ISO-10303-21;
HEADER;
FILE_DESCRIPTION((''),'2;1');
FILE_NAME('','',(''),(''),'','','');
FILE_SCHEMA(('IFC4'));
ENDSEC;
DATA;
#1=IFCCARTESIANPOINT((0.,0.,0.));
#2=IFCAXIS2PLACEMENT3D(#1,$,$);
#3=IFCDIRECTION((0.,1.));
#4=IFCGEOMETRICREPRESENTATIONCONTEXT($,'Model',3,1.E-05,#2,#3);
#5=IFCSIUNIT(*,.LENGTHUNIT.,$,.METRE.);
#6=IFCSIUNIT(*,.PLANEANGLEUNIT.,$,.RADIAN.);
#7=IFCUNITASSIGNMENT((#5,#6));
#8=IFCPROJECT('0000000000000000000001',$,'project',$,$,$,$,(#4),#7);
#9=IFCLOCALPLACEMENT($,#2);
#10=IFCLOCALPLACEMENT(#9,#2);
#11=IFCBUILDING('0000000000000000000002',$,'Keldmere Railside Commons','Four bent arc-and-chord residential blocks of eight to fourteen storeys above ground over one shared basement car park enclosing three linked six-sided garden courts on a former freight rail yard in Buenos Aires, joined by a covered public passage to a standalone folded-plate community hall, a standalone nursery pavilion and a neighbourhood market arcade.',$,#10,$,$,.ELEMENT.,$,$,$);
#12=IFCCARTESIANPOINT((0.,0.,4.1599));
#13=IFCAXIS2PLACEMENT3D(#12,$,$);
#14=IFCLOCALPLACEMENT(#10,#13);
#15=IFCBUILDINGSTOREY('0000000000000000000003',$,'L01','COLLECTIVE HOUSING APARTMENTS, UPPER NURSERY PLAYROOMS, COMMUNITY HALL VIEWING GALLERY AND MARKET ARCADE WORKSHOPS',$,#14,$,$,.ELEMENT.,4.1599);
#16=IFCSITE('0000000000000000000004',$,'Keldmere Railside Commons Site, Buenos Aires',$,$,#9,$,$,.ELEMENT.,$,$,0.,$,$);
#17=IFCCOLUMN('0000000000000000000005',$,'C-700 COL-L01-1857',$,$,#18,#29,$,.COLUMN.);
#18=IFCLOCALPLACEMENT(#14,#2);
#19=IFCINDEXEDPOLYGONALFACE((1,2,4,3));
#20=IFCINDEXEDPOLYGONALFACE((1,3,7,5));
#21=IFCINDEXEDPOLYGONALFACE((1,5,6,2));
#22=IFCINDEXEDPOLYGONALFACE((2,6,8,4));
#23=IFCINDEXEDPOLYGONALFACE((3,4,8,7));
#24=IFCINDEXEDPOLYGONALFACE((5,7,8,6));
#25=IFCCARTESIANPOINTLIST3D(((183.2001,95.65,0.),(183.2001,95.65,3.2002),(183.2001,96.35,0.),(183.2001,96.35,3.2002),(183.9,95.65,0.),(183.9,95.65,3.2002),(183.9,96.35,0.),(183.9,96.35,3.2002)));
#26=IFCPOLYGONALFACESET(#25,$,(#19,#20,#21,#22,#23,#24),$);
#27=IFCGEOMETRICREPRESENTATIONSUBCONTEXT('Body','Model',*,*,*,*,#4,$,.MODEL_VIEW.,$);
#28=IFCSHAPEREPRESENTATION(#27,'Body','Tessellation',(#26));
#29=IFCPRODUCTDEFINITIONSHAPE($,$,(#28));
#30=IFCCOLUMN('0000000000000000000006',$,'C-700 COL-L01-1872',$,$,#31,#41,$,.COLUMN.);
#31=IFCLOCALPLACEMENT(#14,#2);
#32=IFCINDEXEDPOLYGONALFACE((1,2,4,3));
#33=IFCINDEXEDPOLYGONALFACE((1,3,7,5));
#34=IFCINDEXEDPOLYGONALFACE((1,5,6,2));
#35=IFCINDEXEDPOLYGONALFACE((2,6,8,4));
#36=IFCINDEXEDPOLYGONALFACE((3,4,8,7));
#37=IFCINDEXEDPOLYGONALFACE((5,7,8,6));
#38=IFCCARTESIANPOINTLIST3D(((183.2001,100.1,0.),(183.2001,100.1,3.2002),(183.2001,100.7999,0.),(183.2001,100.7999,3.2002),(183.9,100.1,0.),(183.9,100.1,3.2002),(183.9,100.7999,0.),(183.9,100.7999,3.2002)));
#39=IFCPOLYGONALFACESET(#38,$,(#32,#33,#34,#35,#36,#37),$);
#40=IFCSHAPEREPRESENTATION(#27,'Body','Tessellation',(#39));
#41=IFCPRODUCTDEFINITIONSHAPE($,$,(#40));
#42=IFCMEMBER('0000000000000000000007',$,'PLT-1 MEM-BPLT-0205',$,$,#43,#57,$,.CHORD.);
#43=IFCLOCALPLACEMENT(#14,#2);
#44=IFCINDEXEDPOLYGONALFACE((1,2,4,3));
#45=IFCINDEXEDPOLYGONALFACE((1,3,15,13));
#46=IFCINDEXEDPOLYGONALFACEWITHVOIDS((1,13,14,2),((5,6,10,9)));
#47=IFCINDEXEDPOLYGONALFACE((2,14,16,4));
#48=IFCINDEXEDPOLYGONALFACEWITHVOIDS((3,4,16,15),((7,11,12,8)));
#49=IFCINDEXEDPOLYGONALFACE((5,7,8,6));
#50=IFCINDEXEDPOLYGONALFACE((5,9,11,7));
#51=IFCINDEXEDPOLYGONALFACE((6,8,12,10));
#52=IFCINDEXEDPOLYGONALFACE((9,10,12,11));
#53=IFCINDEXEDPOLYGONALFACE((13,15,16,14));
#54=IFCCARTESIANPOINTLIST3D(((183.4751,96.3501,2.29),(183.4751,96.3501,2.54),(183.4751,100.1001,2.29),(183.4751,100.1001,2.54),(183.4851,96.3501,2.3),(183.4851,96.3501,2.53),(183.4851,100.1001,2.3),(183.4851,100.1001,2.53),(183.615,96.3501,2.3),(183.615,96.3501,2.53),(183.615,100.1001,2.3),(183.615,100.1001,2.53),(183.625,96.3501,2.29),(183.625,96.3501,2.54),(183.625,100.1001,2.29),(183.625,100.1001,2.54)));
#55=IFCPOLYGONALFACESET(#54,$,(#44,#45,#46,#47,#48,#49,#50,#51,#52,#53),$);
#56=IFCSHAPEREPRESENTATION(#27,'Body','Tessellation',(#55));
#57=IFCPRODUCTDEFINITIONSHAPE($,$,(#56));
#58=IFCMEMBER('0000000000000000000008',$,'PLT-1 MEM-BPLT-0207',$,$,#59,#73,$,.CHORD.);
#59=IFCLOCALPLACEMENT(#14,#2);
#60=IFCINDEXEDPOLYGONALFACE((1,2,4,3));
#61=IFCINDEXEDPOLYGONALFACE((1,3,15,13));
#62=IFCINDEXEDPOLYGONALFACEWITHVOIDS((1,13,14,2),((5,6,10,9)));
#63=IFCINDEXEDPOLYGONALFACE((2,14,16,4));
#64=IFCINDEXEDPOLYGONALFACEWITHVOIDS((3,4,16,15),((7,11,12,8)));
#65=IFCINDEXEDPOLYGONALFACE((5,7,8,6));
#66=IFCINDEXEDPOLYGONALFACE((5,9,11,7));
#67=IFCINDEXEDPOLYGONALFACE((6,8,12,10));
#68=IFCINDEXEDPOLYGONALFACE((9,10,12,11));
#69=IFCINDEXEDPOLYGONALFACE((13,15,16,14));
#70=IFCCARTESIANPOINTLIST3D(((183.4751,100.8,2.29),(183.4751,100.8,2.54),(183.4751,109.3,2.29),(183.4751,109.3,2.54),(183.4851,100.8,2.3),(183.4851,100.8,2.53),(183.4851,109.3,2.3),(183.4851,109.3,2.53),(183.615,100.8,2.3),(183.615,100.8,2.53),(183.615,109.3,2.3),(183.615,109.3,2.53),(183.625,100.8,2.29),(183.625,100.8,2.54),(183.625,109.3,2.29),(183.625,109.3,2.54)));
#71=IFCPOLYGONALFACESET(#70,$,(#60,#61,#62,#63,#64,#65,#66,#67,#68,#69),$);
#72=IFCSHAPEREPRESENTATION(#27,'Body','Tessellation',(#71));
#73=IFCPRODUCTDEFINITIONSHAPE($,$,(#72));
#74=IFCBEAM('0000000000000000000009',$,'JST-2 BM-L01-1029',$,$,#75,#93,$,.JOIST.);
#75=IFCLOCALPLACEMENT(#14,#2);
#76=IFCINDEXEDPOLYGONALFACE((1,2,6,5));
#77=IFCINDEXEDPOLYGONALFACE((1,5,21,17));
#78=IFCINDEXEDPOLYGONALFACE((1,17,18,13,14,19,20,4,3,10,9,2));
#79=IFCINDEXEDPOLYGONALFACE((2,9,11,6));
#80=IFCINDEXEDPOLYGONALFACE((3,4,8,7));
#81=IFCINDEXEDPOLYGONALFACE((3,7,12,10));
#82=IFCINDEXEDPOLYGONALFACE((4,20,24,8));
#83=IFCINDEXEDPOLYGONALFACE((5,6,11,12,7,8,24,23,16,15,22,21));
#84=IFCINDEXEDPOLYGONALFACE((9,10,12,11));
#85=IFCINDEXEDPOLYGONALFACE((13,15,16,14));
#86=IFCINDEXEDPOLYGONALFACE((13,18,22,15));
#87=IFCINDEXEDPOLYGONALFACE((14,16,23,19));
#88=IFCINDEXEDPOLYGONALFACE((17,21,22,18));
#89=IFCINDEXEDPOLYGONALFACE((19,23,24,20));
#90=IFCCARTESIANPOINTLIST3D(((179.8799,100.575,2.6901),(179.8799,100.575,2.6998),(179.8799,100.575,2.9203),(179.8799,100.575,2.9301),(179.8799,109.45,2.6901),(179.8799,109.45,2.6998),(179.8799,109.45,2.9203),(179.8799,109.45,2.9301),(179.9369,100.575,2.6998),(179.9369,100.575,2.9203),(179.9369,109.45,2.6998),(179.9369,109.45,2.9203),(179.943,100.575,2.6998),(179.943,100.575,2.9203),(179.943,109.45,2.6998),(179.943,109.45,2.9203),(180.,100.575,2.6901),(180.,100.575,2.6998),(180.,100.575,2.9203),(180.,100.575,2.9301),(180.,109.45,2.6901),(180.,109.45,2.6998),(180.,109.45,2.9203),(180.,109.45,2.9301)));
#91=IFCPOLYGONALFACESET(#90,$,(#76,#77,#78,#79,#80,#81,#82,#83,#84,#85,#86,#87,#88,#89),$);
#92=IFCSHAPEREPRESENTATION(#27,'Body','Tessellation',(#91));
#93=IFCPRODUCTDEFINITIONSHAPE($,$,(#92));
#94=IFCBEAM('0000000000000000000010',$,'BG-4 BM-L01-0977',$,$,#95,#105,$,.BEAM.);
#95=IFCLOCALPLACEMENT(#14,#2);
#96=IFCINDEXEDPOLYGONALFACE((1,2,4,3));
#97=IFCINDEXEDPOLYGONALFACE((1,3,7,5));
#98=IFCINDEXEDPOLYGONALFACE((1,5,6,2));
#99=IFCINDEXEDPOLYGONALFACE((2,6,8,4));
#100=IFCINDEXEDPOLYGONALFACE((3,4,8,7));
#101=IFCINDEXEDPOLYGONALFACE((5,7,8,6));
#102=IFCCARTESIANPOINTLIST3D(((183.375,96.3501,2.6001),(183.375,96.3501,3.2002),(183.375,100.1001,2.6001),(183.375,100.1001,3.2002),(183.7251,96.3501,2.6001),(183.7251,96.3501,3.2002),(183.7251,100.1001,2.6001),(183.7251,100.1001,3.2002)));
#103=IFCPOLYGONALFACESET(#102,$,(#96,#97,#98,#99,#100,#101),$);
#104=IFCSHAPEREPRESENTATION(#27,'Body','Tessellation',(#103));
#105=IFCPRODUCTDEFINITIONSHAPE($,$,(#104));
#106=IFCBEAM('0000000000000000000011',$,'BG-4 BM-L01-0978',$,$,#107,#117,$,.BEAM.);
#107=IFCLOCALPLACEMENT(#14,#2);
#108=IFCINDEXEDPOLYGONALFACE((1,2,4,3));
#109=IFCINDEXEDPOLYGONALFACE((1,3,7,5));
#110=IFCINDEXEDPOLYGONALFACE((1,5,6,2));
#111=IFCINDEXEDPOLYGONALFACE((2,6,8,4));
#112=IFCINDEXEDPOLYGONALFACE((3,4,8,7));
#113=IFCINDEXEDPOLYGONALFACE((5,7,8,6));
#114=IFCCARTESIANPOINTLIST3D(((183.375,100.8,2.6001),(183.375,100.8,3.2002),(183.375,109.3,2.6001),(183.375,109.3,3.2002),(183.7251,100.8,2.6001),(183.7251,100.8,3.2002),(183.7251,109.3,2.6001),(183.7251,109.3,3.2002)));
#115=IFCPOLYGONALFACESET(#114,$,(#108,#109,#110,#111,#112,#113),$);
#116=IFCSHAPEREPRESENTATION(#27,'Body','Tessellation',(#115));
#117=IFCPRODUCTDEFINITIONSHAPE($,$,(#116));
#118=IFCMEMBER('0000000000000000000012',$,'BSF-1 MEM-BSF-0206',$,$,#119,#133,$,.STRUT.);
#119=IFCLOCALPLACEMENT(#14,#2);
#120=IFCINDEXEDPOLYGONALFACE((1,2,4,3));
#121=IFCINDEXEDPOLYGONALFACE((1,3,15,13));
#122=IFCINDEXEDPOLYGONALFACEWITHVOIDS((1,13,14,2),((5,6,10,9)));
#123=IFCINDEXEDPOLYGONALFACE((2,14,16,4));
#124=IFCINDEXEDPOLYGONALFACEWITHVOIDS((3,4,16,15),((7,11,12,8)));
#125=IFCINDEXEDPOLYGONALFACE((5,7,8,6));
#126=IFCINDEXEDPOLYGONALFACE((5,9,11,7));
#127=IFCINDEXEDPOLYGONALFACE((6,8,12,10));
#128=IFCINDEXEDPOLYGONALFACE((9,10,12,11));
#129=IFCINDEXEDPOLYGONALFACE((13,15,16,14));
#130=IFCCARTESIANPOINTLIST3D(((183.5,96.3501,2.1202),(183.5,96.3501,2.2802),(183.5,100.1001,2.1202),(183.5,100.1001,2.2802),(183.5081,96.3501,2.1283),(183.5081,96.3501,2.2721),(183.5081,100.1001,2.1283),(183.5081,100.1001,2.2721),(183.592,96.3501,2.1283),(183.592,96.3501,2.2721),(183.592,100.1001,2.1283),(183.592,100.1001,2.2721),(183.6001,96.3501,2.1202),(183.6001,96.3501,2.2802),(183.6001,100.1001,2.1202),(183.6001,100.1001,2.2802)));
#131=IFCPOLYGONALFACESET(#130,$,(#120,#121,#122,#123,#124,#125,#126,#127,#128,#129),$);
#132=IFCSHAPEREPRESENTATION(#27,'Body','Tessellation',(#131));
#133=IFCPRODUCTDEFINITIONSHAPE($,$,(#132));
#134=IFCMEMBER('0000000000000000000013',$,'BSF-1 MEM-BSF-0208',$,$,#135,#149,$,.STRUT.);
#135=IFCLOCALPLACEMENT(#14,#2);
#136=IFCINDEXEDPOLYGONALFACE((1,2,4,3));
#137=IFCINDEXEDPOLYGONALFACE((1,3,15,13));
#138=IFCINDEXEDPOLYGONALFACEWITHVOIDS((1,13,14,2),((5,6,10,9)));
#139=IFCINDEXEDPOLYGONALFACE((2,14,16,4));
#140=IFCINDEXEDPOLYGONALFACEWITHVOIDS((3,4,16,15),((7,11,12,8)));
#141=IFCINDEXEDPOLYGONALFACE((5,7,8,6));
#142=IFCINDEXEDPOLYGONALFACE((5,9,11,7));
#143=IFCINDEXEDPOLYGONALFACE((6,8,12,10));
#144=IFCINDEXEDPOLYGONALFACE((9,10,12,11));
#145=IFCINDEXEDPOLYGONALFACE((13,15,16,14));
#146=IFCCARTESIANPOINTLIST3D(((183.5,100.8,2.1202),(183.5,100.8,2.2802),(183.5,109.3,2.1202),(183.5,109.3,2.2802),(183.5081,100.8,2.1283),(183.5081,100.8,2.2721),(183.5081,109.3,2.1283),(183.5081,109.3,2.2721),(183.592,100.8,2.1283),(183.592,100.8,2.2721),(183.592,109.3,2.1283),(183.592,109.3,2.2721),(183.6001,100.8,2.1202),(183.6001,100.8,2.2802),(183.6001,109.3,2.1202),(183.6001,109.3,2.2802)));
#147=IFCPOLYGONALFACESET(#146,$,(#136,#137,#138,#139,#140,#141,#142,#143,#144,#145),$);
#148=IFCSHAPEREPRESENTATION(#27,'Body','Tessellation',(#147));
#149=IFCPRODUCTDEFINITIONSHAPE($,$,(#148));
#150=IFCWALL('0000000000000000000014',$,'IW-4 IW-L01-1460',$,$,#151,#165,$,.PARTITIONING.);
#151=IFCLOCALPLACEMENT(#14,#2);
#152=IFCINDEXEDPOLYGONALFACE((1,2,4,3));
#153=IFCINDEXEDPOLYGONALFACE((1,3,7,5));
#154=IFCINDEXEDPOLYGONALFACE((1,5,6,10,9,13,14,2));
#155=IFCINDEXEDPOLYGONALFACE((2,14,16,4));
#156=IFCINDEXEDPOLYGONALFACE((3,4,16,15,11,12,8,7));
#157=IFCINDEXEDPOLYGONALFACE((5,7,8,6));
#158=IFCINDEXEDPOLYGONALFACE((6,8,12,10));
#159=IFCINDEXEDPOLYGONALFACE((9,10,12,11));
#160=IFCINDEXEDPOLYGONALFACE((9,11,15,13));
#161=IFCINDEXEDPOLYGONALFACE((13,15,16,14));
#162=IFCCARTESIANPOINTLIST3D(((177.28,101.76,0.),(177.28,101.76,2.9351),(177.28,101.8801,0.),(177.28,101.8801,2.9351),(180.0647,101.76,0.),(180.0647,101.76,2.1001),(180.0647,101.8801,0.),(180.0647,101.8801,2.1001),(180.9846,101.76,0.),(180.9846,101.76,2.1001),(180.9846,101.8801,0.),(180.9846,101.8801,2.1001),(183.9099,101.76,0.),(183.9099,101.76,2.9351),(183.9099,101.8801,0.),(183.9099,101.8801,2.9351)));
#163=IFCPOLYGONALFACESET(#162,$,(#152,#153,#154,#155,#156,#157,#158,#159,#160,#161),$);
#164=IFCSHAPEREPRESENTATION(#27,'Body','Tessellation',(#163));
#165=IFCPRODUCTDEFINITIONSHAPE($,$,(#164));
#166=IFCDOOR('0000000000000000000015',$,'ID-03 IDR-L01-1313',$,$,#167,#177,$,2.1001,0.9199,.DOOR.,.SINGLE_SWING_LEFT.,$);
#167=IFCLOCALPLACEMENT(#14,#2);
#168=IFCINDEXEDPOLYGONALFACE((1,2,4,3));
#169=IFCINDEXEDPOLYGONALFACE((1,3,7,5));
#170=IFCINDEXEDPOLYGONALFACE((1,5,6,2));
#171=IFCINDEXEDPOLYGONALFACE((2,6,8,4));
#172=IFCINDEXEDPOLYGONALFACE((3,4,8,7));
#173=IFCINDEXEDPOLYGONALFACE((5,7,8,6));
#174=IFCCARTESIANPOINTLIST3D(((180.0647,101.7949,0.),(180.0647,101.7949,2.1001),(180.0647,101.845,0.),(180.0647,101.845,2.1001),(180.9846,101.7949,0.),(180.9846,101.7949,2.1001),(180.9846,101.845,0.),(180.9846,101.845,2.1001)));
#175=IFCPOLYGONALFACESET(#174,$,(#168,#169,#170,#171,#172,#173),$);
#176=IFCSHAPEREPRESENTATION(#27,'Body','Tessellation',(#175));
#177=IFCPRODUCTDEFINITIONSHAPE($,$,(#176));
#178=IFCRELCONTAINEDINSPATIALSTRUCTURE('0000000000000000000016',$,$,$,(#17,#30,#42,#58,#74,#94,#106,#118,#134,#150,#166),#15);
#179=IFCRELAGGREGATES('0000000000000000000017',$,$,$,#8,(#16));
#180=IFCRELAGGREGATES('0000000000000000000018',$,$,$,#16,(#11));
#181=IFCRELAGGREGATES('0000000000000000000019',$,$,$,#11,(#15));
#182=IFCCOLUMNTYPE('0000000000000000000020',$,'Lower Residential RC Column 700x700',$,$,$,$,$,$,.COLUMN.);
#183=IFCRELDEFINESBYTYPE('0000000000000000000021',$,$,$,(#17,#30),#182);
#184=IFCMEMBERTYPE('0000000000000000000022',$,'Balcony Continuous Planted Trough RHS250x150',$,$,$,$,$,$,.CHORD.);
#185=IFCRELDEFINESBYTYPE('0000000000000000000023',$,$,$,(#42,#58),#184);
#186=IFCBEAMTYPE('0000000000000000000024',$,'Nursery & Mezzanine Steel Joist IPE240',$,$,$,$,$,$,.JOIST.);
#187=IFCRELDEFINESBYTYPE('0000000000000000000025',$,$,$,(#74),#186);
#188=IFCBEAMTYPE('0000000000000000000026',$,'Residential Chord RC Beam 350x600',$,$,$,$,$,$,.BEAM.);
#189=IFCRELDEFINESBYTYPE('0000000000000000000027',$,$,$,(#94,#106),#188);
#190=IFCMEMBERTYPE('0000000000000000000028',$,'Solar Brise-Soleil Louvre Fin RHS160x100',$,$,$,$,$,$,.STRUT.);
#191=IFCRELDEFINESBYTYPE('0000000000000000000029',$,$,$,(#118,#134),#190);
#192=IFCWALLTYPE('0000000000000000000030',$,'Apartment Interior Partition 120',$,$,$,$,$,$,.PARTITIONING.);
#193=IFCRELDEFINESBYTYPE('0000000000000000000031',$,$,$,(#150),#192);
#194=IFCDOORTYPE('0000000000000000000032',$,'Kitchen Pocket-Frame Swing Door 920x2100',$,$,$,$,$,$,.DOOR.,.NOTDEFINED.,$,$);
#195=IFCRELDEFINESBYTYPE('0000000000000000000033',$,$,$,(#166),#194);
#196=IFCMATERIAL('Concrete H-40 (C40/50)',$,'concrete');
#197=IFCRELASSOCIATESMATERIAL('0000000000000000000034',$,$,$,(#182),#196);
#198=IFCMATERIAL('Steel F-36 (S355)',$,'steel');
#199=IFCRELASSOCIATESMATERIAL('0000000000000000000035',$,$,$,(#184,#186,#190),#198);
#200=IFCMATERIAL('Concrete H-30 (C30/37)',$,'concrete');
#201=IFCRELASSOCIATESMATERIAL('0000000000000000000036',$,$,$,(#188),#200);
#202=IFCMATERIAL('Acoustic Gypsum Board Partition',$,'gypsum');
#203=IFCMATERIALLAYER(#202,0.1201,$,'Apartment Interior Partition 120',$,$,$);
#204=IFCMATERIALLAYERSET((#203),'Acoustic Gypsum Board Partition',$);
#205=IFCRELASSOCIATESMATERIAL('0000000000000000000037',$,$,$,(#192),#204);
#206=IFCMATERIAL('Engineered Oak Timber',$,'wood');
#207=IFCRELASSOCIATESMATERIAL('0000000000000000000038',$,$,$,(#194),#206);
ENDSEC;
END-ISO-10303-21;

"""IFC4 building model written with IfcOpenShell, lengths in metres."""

from ifc_helpers import new_model, si_unit, direction, frame, frame_2d, origin, origin_2d, place, context, subcontext, project, spatial, rectangle, hollow_rectangle, i_section, extrude, material, layer, layer_set, material_profile, profile_set, type_object, element, fill, save


model = new_model("IFC4")

# Units and contexts
model_context = context("Model", 3, precision=1e-05, world=origin(), true_north=direction((0.0, 1.0)))
body_context = subcontext(model_context, "Body", "Model", "MODEL_VIEW")
ifc_project = project(units=[si_unit("LENGTHUNIT", "METRE"), si_unit("PLANEANGLEUNIT", "RADIAN")], contexts=[model_context])

# Site, building, storey
site_placement = place(None, origin())
site = spatial("IfcSite", under=ifc_project, at=site_placement, Name="Keldmere Railside Commons Site, Buenos Aires", CompositionType="ELEMENT", RefElevation=0.0)
building_placement = place(site_placement, origin())
building = spatial("IfcBuilding", under=site, at=building_placement, Name="Keldmere Railside Commons", Description="Four bent arc-and-chord residential blocks of eight to fourteen storeys above ground over one shared basement car park enclosing three linked six-sided garden courts on a former freight rail yard in Buenos Aires, joined by a covered public passage to a standalone folded-plate community hall, a standalone nursery pavilion and a neighbourhood market arcade.", CompositionType="ELEMENT")
storey_placement = place(building_placement, frame((0.0, 0.0, 4.1599)))
storey = spatial("IfcBuildingStorey", under=building, at=storey_placement, Name="L01", Description="COLLECTIVE HOUSING APARTMENTS, UPPER NURSERY PLAYROOMS, COMMUNITY HALL VIEWING GALLERY AND MARKET ARCADE WORKSHOPS", CompositionType="ELEMENT", Elevation=4.1599)

# Columns
ifc_material_1 = material(Name="Concrete H-40 (C40/50)", Category="concrete")
ifc_material_profile_1 = material_profile(ifc_material_1, rectangle(XDim=0.7, YDim=0.7, at=origin_2d()), Name="RC-700x700")
ifc_profile_set_1 = profile_set([ifc_material_profile_1], Name="Concrete H-40 (C40/50)")
column_type = type_object("IfcColumnType", Name="Lower Residential RC Column 700x700", PredefinedType="COLUMN", material=ifc_profile_set_1)
for number, where, z_axis, x_axis, name in (
    (1, (183.55, 96.0, 0.0), (0.0, 0.0, 1.0), (1.0, 0.0, 0.0), "C-700 COL-L01-1857"),
    (2, (183.55, 100.45, 0.0), (0.0, 0.0, 1.0), (1.0, 0.0, 0.0), "C-700 COL-L01-1872"),
):
    element("IfcColumn", number, at=place(storey_placement, frame(where, z_axis=z_axis, x_axis=x_axis)), inside=storey, type_object=column_type, Name=name, PredefinedType="COLUMN", context=body_context, shape_type="SweptSolid", body=[
        extrude(rectangle(XDim=0.7, YDim=0.7, at=origin_2d()), origin(), (0.0, 0.0, 1.0), 3.2002),
    ])

# Members
ifc_material_2 = material(Name="Steel F-36 (S355)", Category="steel")
ifc_material_profile_2 = material_profile(ifc_material_2, hollow_rectangle(XDim=0.1499, YDim=0.25, WallThickness=0.01, at=origin_2d()), Name="RHS-250x150x10")
ifc_profile_set_2 = profile_set([ifc_material_profile_2], Name="Steel F-36 (S355)")
member_type_1 = type_object("IfcMemberType", Name="Balcony Continuous Planted Trough RHS250x150", PredefinedType="CHORD", material=ifc_profile_set_2)
member_1_placement = place(storey_placement, frame((183.55, 96.3501, 2.415), z_axis=(0.0, 1.0, 0.0), x_axis=(-1.0, 0.0, 0.0)))
element("IfcMember", 3, at=member_1_placement, inside=storey, type_object=member_type_1, Name="PLT-1 MEM-BPLT-0205", PredefinedType="CHORD", context=body_context, shape_type="SweptSolid", body=[
    extrude(hollow_rectangle(XDim=0.1499, YDim=0.25, WallThickness=0.01, at=origin_2d()), origin(), (0.0, 0.0, 1.0), 3.75),
])
member_2_placement = place(storey_placement, frame((183.55, 100.8, 2.415), z_axis=(0.0, 1.0, 0.0), x_axis=(-1.0, 0.0, 0.0)))
element("IfcMember", 4, at=member_2_placement, inside=storey, type_object=member_type_1, Name="PLT-1 MEM-BPLT-0207", PredefinedType="CHORD", context=body_context, shape_type="SweptSolid", body=[
    extrude(hollow_rectangle(XDim=0.1499, YDim=0.25, WallThickness=0.01, at=origin_2d()), origin(), (0.0, 0.0, 1.0), 8.5),
])

# Beams
ifc_material_profile_3 = material_profile(ifc_material_2, i_section(OverallWidth=0.1201, OverallDepth=0.24, WebThickness=0.0061, FlangeThickness=0.0098, at=origin_2d()), Name="IPE-240")
ifc_profile_set_3 = profile_set([ifc_material_profile_3], Name="Steel F-36 (S355)")
beam_type_1 = type_object("IfcBeamType", Name="Nursery & Mezzanine Steel Joist IPE240", PredefinedType="JOIST", material=ifc_profile_set_3)
beam_1_placement = place(storey_placement, frame((179.9399, 100.575, 2.8101), z_axis=(0.0, 1.0, 0.0), x_axis=(-1.0, 0.0, 0.0)))
element("IfcBeam", 5, at=beam_1_placement, inside=storey, type_object=beam_type_1, Name="JST-2 BM-L01-1029", PredefinedType="JOIST", context=body_context, shape_type="SweptSolid", body=[
    extrude(i_section(OverallWidth=0.1201, OverallDepth=0.24, WebThickness=0.0061, FlangeThickness=0.0098, at=origin_2d()), origin(), (0.0, 0.0, 1.0), 8.875),
])
ifc_material_3 = material(Name="Concrete H-30 (C30/37)", Category="concrete")
ifc_material_profile_4 = material_profile(ifc_material_3, rectangle(XDim=0.3501, YDim=0.6001, at=origin_2d()), Name="RC-350x600")
ifc_profile_set_4 = profile_set([ifc_material_profile_4], Name="Concrete H-30 (C30/37)")
beam_type_2 = type_object("IfcBeamType", Name="Residential Chord RC Beam 350x600", PredefinedType="BEAM", material=ifc_profile_set_4)
beam_2_placement = place(storey_placement, frame((183.55, 96.3501, 2.9001), z_axis=(0.0, 1.0, 0.0), x_axis=(-1.0, 0.0, 0.0)))
element("IfcBeam", 6, at=beam_2_placement, inside=storey, type_object=beam_type_2, Name="BG-4 BM-L01-0977", PredefinedType="BEAM", context=body_context, shape_type="SweptSolid", body=[
    extrude(rectangle(XDim=0.3501, YDim=0.6001, at=origin_2d()), origin(), (0.0, 0.0, 1.0), 3.75),
])
beam_3_placement = place(storey_placement, frame((183.55, 100.8, 2.9001), z_axis=(0.0, 1.0, 0.0), x_axis=(-1.0, 0.0, 0.0)))
element("IfcBeam", 7, at=beam_3_placement, inside=storey, type_object=beam_type_2, Name="BG-4 BM-L01-0978", PredefinedType="BEAM", context=body_context, shape_type="SweptSolid", body=[
    extrude(rectangle(XDim=0.3501, YDim=0.6001, at=origin_2d()), origin(), (0.0, 0.0, 1.0), 8.5),
])

# Members
ifc_material_profile_5 = material_profile(ifc_material_2, hollow_rectangle(XDim=0.1001, YDim=0.1599, WallThickness=0.0081, at=origin_2d()), Name="RHS-160x100x8")
ifc_profile_set_5 = profile_set([ifc_material_profile_5], Name="Steel F-36 (S355)")
member_type_2 = type_object("IfcMemberType", Name="Solar Brise-Soleil Louvre Fin RHS160x100", PredefinedType="STRUT", material=ifc_profile_set_5)
member_3_placement = place(storey_placement, frame((183.55, 96.3501, 2.2002), z_axis=(0.0, 1.0, 0.0), x_axis=(-1.0, 0.0, 0.0)))
element("IfcMember", 8, at=member_3_placement, inside=storey, type_object=member_type_2, Name="BSF-1 MEM-BSF-0206", PredefinedType="STRUT", context=body_context, shape_type="SweptSolid", body=[
    extrude(hollow_rectangle(XDim=0.1001, YDim=0.1599, WallThickness=0.0081, at=origin_2d()), origin(), (0.0, 0.0, 1.0), 3.75),
])
member_4_placement = place(storey_placement, frame((183.55, 100.8, 2.2002), z_axis=(0.0, 1.0, 0.0), x_axis=(-1.0, 0.0, 0.0)))
element("IfcMember", 9, at=member_4_placement, inside=storey, type_object=member_type_2, Name="BSF-1 MEM-BSF-0208", PredefinedType="STRUT", context=body_context, shape_type="SweptSolid", body=[
    extrude(hollow_rectangle(XDim=0.1001, YDim=0.1599, WallThickness=0.0081, at=origin_2d()), origin(), (0.0, 0.0, 1.0), 8.5),
])

# Wall, opening, door
ifc_material_4 = material(Name="Acoustic Gypsum Board Partition", Category="gypsum")
ifc_layer_1 = layer(ifc_material_4, 0.1201, Name="Apartment Interior Partition 120")
ifc_layer_set_1 = layer_set([ifc_layer_1], Name="Acoustic Gypsum Board Partition")
wall_type_1 = type_object("IfcWallType", Name="Apartment Interior Partition 120", PredefinedType="PARTITIONING", material=ifc_layer_set_1)
wall_1_placement = place(storey_placement, frame((177.28, 101.8201, 0.0), z_axis=(0.0, 0.0, 1.0), x_axis=(1.0, 0.0, 0.0)))
wall_1 = element("IfcWall", 10, at=wall_1_placement, inside=storey, type_object=wall_type_1, Name="IW-4 IW-L01-1460", PredefinedType="PARTITIONING", context=body_context, shape_type="SweptSolid", body=[
    extrude(rectangle(XDim=6.6299, YDim=0.1201, at=frame_2d((3.3149, 0.0))), origin(), (0.0, 0.0, 1.0), 2.9351),
])
opening_1_placement = place(wall_1_placement, frame((2.7847, 0.0, 0.0)))
opening_1 = element("IfcOpeningElement", 11, at=opening_1_placement, cuts=wall_1, PredefinedType="OPENING", context=body_context, shape_type="SweptSolid", body=[
    extrude(rectangle(XDim=0.9199, YDim=2.1001, at=frame_2d((0.46, 1.05))), frame((0.0, 0.0701, 0.0), z_axis=(0.0, -1.0, 0.0), x_axis=(1.0, 0.0, 0.0)), (0.0, 0.0, 1.0), 0.1401),
])
ifc_material_5 = material(Name="Engineered Oak Timber", Category="wood")
door_type_1 = type_object("IfcDoorType", Name="Kitchen Pocket-Frame Swing Door 920x2100", OperationType="NOTDEFINED", PredefinedType="DOOR", material=ifc_material_5)
door_1_placement = place(opening_1_placement, origin())
door_1 = element("IfcDoor", 12, at=door_1_placement, inside=storey, type_object=door_type_1, Name="ID-03 IDR-L01-1313", OperationType="SINGLE_SWING_LEFT", OverallHeight=2.1001, OverallWidth=0.9199, PredefinedType="DOOR", context=body_context, shape_type="SweptSolid", body=[
    extrude(rectangle(XDim=0.9199, YDim=2.1001, at=frame_2d((0.46, 1.05))), frame((0.0, 0.0249, 0.0), z_axis=(0.0, -1.0, 0.0), x_axis=(1.0, 0.0, 0.0)), (0.0, 0.0, 1.0), 0.05),
])
fill(opening_1, door_1)

save(model, "model.ifc")
